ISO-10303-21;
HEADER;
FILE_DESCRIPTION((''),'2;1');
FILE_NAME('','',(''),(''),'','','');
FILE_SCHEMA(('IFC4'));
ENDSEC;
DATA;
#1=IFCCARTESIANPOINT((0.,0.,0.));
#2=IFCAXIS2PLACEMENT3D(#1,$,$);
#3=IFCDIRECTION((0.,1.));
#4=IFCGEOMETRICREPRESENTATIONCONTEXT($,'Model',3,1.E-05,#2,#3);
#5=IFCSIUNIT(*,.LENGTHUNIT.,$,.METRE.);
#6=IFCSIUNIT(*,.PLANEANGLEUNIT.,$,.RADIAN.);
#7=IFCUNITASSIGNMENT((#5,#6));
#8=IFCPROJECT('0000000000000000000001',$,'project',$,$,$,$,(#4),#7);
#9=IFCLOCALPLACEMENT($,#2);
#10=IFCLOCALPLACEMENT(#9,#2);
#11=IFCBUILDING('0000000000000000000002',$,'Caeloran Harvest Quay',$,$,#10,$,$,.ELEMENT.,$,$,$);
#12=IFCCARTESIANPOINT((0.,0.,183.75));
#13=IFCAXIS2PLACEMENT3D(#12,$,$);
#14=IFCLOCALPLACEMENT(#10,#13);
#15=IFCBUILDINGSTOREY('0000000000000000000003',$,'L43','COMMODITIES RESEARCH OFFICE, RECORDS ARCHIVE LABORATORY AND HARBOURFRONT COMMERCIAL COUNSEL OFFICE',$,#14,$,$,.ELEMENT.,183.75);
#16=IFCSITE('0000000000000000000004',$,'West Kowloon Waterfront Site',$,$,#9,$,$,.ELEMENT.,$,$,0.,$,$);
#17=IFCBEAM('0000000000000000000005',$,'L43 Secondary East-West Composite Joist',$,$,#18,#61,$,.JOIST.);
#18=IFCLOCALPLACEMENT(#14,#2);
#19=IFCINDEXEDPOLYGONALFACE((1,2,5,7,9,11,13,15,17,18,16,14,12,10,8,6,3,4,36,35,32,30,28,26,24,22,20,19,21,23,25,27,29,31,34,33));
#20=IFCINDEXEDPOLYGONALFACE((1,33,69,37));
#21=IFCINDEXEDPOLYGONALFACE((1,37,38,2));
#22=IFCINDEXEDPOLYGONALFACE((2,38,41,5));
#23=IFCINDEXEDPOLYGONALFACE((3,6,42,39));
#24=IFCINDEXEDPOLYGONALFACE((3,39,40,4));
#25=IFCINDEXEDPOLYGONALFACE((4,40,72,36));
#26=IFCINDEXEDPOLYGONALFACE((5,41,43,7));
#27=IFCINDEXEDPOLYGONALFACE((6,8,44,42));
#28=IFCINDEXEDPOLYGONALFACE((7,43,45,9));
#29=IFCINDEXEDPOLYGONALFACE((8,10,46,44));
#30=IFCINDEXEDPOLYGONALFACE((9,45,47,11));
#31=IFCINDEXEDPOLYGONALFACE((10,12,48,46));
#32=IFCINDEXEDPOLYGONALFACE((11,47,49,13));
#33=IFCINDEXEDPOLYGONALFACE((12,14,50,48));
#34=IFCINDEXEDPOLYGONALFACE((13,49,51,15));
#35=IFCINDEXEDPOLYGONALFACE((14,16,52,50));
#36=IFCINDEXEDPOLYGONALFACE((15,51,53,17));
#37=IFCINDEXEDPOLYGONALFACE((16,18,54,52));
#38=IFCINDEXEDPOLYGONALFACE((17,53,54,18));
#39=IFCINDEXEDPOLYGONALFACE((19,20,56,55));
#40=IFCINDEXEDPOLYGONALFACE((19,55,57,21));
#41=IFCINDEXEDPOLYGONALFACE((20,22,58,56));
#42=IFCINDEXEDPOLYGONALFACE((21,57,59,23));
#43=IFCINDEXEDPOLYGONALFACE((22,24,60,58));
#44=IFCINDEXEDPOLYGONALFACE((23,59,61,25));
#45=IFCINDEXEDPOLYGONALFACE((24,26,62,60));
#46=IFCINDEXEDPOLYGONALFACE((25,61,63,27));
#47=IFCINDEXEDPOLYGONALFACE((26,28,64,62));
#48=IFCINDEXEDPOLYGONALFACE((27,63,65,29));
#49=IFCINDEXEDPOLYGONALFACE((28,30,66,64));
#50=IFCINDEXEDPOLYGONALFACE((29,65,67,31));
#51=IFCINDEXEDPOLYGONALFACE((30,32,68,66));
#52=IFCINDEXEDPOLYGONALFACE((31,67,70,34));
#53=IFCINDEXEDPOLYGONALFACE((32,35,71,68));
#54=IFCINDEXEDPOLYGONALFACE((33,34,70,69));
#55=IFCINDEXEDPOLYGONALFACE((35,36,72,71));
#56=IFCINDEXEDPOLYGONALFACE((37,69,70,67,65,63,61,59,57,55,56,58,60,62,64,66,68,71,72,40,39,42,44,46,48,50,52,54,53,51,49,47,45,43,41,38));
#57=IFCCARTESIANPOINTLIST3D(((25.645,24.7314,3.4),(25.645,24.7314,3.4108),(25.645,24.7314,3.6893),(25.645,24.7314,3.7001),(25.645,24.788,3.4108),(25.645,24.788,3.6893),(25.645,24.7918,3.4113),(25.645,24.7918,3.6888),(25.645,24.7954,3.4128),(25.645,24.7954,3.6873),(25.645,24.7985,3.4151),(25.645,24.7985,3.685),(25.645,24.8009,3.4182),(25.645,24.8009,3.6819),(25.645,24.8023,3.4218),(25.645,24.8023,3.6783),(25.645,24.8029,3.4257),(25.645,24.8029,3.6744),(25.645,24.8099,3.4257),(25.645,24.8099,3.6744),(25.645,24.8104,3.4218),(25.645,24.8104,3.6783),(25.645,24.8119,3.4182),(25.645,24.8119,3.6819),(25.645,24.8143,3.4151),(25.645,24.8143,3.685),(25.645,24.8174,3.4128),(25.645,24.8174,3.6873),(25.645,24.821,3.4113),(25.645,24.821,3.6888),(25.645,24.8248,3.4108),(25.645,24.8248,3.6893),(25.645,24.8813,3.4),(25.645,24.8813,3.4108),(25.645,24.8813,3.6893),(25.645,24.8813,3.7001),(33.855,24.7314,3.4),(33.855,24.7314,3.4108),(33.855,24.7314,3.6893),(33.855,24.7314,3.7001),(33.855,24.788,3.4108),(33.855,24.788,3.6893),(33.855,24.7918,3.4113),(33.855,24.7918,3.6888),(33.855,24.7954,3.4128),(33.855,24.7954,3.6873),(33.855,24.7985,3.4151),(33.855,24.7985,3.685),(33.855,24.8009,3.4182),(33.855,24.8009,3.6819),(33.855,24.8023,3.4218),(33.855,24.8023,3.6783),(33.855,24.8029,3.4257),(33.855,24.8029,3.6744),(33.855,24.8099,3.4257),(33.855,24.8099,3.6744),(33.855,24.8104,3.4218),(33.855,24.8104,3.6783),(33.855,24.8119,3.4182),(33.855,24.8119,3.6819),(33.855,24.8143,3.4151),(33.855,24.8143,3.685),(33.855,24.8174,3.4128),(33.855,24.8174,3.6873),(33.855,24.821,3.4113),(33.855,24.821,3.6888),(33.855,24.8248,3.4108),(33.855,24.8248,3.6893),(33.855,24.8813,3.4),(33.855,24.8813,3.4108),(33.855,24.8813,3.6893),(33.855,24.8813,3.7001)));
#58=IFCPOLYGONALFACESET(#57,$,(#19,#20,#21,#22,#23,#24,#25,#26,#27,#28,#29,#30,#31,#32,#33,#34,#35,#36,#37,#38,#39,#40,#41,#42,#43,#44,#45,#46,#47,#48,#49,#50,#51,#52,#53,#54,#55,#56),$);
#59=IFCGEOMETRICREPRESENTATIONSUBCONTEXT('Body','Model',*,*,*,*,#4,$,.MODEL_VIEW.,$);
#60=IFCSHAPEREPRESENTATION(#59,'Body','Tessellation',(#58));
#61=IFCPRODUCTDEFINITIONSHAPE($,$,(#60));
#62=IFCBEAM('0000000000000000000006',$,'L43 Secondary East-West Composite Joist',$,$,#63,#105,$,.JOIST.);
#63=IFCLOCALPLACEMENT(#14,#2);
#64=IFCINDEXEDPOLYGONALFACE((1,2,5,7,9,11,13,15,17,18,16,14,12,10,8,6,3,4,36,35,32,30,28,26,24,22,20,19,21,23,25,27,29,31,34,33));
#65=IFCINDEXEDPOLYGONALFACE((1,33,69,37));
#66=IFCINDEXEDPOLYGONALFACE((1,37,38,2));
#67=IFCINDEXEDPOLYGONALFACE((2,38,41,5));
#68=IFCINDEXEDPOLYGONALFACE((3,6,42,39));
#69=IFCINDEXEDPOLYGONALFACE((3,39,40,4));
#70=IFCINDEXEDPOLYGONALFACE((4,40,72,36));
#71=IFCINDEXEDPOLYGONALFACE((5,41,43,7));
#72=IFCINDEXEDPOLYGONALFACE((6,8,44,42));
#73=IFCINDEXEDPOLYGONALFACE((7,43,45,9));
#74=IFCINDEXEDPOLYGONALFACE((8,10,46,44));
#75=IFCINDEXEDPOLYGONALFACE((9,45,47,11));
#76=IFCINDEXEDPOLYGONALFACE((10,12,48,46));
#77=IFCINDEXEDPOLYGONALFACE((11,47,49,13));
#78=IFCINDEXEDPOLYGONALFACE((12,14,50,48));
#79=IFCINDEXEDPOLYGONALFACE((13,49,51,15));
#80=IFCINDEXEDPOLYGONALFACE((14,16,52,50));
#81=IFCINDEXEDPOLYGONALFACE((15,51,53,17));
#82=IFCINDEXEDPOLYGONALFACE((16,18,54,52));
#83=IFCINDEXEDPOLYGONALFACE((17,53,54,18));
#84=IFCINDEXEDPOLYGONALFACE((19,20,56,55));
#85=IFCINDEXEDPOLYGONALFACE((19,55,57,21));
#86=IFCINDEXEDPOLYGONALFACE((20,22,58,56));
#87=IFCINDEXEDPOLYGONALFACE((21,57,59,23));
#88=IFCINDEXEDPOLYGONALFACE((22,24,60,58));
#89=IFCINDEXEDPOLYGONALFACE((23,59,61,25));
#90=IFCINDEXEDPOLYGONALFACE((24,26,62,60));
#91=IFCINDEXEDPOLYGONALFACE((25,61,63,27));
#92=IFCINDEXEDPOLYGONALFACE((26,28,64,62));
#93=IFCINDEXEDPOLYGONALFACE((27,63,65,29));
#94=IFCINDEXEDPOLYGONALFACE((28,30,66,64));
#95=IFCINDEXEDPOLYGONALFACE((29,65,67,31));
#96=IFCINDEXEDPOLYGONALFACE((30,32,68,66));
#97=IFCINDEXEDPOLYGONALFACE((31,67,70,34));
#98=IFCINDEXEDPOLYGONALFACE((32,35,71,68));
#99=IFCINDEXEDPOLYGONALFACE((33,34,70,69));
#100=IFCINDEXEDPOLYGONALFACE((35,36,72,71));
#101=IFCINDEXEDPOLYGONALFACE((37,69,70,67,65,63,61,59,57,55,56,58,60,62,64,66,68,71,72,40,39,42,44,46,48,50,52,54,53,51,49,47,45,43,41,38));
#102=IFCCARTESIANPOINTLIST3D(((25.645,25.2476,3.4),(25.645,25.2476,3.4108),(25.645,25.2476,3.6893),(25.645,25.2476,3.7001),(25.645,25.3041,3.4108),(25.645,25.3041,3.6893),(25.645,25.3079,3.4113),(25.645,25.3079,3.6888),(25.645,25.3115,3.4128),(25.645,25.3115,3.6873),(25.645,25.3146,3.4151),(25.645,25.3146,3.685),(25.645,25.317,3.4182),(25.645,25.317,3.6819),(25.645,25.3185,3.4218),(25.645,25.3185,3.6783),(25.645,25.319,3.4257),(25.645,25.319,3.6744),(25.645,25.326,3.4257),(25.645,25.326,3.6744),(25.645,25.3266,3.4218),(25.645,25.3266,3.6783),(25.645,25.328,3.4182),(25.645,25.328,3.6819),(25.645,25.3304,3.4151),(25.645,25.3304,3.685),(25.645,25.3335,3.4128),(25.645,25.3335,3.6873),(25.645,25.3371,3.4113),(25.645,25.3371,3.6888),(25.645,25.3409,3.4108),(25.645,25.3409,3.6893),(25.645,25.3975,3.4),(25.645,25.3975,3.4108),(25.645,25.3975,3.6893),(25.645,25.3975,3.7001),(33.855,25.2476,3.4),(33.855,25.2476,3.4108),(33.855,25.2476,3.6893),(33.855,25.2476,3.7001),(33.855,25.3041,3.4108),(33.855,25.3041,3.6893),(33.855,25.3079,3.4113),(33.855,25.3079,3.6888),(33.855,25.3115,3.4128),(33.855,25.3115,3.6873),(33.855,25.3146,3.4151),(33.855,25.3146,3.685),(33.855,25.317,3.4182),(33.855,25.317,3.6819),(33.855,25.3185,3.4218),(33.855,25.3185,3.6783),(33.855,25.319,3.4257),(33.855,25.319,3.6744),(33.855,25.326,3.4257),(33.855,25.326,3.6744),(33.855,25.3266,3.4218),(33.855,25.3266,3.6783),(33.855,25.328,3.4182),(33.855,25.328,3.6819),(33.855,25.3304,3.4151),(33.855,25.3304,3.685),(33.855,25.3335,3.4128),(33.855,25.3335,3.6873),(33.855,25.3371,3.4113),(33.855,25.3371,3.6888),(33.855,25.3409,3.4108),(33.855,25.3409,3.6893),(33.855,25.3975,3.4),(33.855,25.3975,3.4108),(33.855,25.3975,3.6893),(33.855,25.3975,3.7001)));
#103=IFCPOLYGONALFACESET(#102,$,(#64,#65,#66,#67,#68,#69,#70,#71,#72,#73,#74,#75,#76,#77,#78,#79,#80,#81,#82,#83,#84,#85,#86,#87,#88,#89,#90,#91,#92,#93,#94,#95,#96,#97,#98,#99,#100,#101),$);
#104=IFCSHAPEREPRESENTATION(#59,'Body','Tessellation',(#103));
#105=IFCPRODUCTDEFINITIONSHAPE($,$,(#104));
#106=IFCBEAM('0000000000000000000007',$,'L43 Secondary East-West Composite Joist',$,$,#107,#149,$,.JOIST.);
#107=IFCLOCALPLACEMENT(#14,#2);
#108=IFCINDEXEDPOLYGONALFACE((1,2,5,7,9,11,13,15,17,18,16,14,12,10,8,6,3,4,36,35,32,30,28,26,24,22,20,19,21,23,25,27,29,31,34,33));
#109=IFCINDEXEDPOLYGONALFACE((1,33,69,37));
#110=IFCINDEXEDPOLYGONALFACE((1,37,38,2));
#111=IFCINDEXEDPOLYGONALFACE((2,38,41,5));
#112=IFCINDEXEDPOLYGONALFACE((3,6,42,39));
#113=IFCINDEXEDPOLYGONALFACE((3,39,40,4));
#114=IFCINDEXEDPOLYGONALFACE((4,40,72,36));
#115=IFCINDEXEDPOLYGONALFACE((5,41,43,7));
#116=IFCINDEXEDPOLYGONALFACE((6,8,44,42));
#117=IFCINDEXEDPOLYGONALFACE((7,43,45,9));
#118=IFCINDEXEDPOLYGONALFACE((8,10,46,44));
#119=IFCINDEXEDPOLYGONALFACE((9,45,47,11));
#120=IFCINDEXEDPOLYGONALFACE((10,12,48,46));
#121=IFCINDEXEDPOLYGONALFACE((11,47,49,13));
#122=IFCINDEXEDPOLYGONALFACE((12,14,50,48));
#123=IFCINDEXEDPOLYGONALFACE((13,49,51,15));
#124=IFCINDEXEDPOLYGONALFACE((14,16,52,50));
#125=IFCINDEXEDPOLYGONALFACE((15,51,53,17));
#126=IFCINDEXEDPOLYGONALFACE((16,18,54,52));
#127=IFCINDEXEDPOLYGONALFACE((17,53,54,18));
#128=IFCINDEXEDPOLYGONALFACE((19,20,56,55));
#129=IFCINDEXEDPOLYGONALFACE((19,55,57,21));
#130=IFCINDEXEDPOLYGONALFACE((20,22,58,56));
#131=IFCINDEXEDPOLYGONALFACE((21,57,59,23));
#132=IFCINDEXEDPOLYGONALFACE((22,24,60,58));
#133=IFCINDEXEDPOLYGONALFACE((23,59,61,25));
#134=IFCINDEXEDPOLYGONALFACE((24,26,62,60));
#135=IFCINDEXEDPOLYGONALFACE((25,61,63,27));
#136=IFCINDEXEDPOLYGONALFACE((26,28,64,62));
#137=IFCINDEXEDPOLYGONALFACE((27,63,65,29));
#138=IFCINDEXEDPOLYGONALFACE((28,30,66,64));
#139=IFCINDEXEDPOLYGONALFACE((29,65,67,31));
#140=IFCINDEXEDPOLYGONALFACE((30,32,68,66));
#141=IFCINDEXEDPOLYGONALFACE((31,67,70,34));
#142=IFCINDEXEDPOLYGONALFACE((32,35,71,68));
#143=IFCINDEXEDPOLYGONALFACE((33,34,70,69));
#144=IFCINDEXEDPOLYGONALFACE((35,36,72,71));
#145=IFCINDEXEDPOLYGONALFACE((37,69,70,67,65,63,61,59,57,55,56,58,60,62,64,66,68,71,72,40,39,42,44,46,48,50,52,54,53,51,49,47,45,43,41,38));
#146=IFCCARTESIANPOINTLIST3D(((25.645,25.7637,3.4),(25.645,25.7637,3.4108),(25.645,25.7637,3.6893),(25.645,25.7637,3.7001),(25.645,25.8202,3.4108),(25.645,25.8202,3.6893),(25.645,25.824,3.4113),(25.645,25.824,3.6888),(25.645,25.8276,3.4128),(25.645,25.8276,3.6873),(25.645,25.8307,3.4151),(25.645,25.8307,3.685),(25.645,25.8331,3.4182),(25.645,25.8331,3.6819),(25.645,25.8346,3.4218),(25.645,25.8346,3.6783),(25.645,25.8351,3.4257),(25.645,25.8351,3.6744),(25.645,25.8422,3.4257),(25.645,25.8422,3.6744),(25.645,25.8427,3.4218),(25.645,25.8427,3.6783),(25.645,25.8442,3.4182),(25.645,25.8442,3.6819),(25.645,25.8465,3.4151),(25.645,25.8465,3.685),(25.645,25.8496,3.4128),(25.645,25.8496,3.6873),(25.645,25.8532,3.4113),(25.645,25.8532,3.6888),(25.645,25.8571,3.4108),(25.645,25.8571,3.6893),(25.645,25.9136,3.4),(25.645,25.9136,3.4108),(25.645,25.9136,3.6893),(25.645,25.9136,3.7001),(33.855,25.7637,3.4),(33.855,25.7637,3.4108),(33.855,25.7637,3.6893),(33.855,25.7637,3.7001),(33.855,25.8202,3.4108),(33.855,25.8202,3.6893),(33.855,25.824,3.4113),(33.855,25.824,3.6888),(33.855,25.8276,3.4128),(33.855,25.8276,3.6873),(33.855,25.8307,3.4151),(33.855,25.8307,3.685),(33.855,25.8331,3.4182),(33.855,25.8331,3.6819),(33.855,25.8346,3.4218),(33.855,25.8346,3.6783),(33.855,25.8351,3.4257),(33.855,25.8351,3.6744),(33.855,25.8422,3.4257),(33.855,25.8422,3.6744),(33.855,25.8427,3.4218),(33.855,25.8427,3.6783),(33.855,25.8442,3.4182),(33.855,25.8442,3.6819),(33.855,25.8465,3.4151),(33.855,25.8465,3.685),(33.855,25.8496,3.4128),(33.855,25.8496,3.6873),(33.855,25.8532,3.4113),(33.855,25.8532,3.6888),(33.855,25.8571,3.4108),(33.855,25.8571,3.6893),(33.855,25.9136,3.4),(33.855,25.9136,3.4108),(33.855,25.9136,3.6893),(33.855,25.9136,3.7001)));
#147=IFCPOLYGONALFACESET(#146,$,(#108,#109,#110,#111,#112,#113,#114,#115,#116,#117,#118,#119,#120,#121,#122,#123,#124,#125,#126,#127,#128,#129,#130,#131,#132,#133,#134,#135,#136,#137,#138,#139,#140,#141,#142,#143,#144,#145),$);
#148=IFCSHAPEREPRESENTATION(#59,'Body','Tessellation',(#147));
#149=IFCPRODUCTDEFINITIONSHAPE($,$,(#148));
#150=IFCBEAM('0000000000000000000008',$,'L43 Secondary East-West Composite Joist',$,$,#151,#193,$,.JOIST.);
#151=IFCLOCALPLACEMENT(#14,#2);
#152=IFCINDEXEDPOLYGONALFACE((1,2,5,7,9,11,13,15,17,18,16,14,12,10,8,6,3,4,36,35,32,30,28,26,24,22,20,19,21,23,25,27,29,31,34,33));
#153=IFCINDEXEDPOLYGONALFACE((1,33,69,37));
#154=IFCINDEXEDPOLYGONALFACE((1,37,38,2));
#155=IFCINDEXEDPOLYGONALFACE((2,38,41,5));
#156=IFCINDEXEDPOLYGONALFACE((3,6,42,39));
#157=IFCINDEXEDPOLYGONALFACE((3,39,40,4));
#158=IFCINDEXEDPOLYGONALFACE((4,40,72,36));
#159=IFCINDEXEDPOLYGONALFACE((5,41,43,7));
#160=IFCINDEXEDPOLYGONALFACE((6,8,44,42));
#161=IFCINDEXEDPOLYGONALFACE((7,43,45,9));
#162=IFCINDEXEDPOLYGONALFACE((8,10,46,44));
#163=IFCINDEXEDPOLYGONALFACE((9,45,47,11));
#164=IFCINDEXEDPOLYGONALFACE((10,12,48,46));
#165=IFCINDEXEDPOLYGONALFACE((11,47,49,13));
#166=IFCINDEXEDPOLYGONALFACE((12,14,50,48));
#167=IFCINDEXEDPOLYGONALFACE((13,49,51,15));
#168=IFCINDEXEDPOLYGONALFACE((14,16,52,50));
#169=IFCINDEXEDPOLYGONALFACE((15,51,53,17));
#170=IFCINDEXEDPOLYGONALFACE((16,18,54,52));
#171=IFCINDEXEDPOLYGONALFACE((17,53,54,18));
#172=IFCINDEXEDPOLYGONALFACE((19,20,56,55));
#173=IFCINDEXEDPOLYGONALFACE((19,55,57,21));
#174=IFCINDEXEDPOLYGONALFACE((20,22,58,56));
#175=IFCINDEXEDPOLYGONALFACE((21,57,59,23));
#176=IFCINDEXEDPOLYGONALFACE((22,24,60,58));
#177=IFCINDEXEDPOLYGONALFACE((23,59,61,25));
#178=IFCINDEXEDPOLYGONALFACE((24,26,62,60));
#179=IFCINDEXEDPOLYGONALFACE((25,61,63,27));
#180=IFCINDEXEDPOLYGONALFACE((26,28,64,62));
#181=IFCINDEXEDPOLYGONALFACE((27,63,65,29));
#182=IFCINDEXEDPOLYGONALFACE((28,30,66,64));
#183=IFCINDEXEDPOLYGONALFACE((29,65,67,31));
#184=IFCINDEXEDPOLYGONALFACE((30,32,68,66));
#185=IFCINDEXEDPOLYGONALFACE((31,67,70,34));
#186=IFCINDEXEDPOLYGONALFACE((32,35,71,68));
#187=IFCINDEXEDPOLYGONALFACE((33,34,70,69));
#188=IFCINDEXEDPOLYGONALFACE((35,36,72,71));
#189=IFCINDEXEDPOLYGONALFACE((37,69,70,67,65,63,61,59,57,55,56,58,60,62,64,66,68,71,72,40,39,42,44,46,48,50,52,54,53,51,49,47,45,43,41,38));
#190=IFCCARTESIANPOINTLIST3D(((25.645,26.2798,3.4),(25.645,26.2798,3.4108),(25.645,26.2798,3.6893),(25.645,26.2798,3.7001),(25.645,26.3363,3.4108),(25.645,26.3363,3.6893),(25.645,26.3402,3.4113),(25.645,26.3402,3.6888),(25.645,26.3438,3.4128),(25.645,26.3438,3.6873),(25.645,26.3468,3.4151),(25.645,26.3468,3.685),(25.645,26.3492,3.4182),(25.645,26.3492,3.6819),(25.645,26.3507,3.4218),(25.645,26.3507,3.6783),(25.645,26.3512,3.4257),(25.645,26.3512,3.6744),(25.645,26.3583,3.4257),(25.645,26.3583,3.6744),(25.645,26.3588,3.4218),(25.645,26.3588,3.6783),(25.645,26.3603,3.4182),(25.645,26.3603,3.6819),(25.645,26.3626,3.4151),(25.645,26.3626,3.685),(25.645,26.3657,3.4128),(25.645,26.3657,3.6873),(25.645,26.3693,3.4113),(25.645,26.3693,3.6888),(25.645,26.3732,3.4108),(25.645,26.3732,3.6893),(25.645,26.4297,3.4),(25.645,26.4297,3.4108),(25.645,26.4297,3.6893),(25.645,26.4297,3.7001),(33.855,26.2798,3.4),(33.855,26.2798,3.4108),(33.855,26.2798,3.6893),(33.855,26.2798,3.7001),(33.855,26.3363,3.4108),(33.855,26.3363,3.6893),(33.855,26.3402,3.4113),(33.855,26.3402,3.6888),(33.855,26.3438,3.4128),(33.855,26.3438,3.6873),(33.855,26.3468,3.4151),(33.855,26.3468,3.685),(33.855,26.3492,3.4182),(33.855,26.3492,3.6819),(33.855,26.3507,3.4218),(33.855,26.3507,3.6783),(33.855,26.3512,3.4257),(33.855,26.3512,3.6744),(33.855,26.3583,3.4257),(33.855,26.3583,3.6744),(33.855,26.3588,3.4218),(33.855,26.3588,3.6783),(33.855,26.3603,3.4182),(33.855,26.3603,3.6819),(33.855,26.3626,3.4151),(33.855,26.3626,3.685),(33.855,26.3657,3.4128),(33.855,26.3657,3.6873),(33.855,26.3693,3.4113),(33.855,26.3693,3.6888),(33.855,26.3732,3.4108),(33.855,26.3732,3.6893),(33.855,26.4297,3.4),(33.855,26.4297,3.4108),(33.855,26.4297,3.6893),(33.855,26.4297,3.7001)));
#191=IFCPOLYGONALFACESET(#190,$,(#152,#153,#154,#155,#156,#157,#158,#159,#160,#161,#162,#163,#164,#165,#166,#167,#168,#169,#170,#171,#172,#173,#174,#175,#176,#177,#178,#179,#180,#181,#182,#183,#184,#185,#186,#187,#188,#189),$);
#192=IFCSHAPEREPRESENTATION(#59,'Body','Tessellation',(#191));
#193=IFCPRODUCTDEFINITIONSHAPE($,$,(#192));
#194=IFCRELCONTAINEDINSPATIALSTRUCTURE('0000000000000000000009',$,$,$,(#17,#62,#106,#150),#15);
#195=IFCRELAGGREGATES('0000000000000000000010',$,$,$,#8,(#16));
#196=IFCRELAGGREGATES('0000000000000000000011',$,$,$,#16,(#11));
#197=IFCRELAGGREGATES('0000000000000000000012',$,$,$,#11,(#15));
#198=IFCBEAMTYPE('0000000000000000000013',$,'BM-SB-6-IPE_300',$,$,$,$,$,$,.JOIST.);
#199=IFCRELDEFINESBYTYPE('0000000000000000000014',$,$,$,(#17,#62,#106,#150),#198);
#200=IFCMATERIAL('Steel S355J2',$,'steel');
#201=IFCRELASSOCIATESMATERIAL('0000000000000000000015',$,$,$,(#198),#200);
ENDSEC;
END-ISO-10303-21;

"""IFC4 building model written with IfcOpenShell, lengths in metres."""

from ifc_helpers import new_model, si_unit, direction, frame, origin, origin_2d, place, context, subcontext, project, spatial, i_section, extrude, material, material_profile, profile_set, type_object, element, save


model = new_model("IFC4")

# Units and contexts
model_context = context("Model", 3, precision=1e-05, world=origin(), true_north=direction((0.0, 1.0)))
body_context = subcontext(model_context, "Body", "Model", "MODEL_VIEW")
ifc_project = project(units=[si_unit("LENGTHUNIT", "METRE"), si_unit("PLANEANGLEUNIT", "RADIAN")], contexts=[model_context])

# Site, building, storey
site_placement = place(None, origin())
site = spatial("IfcSite", under=ifc_project, at=site_placement, Name="West Kowloon Waterfront Site", CompositionType="ELEMENT", RefElevation=0.0)
building_placement = place(site_placement, origin())
building = spatial("IfcBuilding", under=site, at=building_placement, Name="Caeloran Harvest Quay", CompositionType="ELEMENT")
storey_placement = place(building_placement, frame((0.0, 0.0, 183.75)))
storey = spatial("IfcBuildingStorey", under=building, at=storey_placement, Name="L43", Description="COMMODITIES RESEARCH OFFICE, RECORDS ARCHIVE LABORATORY AND HARBOURFRONT COMMERCIAL COUNSEL OFFICE", CompositionType="ELEMENT", Elevation=183.75)

# Beams
ifc_material = material(Name="Steel S355J2", Category="steel")
ifc_material_profile_1 = material_profile(ifc_material, i_section(OverallWidth=0.1499, OverallDepth=0.3, WebThickness=0.0071, FlangeThickness=0.0107, FilletRadius=0.0149, at=origin_2d()), Name="IPE 300")
ifc_profile_set_1 = profile_set([ifc_material_profile_1], Name="Steel S355J2")
beam_type_1 = type_object("IfcBeamType", Name="BM-SB-6-IPE_300", PredefinedType="JOIST", material=ifc_profile_set_1)
for number, where, z_axis, x_axis, name in (
    (1, (25.645, 24.8064, 3.55), (1.0, 0.0, 0.0), (0.0, 1.0, 0.0), "L43 Secondary East-West Composite Joist"),
    (2, (25.645, 25.3225, 3.55), (1.0, 0.0, 0.0), (0.0, 1.0, 0.0), "L43 Secondary East-West Composite Joist"),
    (3, (25.645, 25.8386, 3.55), (1.0, 0.0, 0.0), (0.0, 1.0, 0.0), "L43 Secondary East-West Composite Joist"),
    (4, (25.645, 26.3547, 3.55), (1.0, 0.0, 0.0), (0.0, 1.0, 0.0), "L43 Secondary East-West Composite Joist"),
):
    element("IfcBeam", number, at=place(storey_placement, frame(where, z_axis=z_axis, x_axis=x_axis)), inside=storey, type_object=beam_type_1, Name=name, PredefinedType="JOIST", context=body_context, shape_type="SweptSolid", body=[
        extrude(i_section(OverallWidth=0.1499, OverallDepth=0.3, WebThickness=0.0071, FlangeThickness=0.0107, FilletRadius=0.0149, at=origin_2d()), origin(), (0.0, 0.0, 1.0), 8.21),
    ])

save(model, "model.ifc")
